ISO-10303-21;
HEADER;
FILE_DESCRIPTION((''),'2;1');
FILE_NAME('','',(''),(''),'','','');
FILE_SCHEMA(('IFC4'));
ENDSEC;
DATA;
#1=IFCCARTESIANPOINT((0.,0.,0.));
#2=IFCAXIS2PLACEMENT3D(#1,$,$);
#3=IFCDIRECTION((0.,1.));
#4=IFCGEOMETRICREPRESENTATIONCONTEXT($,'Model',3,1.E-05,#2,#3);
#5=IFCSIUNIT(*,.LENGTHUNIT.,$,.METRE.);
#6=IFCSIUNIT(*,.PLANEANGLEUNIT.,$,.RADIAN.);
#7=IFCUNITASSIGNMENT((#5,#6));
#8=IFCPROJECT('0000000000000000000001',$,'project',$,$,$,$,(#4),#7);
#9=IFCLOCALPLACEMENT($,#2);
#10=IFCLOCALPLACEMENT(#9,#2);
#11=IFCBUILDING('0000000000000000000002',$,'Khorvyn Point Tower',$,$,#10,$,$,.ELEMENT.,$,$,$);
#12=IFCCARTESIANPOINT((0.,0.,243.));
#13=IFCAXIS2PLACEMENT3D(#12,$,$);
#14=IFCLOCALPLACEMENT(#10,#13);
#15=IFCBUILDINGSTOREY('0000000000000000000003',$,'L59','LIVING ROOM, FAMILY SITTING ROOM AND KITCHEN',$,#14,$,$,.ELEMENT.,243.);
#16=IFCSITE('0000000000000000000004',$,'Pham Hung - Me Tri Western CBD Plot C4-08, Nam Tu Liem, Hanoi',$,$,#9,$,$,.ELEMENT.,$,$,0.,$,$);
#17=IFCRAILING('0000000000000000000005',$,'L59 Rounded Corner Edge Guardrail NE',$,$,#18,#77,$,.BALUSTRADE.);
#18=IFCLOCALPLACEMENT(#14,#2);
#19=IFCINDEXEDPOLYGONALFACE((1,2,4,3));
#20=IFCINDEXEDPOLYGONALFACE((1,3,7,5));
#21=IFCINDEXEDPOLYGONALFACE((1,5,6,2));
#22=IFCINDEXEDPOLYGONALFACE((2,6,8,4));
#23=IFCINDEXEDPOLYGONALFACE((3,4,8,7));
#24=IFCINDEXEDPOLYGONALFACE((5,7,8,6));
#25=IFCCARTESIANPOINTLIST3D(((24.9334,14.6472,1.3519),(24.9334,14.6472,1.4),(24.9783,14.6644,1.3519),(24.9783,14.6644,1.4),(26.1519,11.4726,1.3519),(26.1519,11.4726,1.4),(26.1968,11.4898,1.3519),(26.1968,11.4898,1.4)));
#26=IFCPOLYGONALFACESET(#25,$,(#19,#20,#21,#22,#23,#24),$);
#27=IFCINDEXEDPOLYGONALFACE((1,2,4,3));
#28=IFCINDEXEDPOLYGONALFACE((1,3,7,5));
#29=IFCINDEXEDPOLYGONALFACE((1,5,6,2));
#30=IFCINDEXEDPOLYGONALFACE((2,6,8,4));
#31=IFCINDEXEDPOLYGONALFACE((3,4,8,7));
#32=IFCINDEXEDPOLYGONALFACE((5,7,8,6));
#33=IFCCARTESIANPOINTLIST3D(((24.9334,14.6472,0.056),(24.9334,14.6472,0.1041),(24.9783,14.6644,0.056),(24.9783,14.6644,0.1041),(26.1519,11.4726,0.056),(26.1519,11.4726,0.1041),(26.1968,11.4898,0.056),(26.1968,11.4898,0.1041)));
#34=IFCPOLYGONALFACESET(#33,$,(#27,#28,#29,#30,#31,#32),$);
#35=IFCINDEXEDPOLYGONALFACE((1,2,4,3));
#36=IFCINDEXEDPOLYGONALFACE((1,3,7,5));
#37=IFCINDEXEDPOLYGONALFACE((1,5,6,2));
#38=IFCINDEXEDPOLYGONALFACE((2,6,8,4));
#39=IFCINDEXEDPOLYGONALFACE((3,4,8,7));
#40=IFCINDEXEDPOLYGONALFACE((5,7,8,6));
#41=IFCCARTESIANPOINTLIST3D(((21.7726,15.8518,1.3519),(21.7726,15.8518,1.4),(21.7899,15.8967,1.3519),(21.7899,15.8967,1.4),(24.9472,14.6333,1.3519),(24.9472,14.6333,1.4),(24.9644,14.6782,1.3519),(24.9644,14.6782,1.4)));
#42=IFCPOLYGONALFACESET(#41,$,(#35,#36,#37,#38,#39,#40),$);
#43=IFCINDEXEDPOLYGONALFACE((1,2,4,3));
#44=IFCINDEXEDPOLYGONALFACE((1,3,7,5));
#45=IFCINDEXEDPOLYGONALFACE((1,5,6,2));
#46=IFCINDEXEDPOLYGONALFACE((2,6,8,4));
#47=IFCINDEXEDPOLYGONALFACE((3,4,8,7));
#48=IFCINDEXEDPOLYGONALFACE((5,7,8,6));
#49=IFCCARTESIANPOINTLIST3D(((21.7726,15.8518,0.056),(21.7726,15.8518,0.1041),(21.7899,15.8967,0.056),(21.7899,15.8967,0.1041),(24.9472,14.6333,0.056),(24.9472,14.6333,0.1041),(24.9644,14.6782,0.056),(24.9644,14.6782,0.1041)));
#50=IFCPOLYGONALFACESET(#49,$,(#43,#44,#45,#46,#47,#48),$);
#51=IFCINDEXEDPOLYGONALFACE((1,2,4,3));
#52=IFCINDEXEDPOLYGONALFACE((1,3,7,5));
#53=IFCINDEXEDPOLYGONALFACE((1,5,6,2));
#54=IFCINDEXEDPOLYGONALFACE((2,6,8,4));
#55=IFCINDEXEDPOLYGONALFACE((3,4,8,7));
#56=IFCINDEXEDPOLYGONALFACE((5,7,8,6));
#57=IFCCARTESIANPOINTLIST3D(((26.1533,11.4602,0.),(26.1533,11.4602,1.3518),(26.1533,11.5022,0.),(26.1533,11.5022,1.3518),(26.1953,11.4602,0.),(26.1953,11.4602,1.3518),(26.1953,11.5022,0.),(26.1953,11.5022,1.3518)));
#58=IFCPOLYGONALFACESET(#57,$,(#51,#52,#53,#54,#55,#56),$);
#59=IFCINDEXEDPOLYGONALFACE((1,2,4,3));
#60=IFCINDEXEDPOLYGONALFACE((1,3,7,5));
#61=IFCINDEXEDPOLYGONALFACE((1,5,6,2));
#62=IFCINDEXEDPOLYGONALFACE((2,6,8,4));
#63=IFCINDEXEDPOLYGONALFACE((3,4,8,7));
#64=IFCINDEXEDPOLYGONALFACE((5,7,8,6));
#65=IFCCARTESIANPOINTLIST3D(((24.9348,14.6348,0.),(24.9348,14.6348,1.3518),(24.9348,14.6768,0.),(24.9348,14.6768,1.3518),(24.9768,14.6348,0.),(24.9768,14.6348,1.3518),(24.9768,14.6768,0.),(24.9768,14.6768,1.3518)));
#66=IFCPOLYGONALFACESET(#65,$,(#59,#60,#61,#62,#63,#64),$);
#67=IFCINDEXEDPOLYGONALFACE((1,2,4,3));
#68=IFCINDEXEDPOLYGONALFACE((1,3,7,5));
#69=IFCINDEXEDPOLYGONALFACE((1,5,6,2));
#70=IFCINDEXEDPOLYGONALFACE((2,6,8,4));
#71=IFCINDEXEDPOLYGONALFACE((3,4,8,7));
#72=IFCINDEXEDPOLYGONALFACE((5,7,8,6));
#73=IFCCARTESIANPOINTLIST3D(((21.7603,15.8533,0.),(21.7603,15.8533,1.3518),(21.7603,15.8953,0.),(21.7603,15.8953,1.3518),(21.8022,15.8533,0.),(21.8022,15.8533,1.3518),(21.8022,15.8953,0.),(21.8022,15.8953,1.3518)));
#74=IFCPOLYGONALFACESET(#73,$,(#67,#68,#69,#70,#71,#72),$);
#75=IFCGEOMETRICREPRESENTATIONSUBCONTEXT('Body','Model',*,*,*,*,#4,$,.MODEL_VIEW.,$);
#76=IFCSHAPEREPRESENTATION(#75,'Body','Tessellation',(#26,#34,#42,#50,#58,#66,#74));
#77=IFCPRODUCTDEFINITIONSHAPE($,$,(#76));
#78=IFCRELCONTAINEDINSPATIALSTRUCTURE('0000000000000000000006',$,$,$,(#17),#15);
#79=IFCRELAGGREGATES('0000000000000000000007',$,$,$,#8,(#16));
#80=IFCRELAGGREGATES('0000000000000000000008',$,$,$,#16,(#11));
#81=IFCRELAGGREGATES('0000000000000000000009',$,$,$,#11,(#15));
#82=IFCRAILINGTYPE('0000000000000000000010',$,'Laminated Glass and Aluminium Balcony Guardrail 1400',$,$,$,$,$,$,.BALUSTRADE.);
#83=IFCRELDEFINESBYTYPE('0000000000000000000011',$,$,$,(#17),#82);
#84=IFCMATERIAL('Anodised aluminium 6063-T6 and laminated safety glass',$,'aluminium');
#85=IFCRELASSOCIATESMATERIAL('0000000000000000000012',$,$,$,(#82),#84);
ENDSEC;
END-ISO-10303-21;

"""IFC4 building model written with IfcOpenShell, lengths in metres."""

from ifc_helpers import new_model, si_unit, direction, frame, origin, origin_2d, place, context, subcontext, project, spatial, rectangle, extrude, material, type_object, element, save


model = new_model("IFC4")

# Units and contexts
model_context = context("Model", 3, precision=1e-05, world=origin(), true_north=direction((0.0, 1.0)))
body_context = subcontext(model_context, "Body", "Model", "MODEL_VIEW")
ifc_project = project(units=[si_unit("LENGTHUNIT", "METRE"), si_unit("PLANEANGLEUNIT", "RADIAN")], contexts=[model_context])

# Site, building, storey
site_placement = place(None, origin())
site = spatial("IfcSite", under=ifc_project, at=site_placement, Name="Pham Hung - Me Tri Western CBD Plot C4-08, Nam Tu Liem, Hanoi", CompositionType="ELEMENT", RefElevation=0.0)
building_placement = place(site_placement, origin())
building = spatial("IfcBuilding", under=site, at=building_placement, Name="Khorvyn Point Tower", CompositionType="ELEMENT")
storey_placement = place(building_placement, frame((0.0, 0.0, 243.0)))
storey = spatial("IfcBuildingStorey", under=building, at=storey_placement, Name="L59", Description="LIVING ROOM, FAMILY SITTING ROOM AND KITCHEN", CompositionType="ELEMENT", Elevation=243.0)

# Railing
ifc_material_1 = material(Name="Anodised aluminium 6063-T6 and laminated safety glass", Category="aluminium")
railing_type = type_object("IfcRailingType", Name="Laminated Glass and Aluminium Balcony Guardrail 1400", PredefinedType="BALUSTRADE", material=ifc_material_1)
railing_placement = place(storey_placement, frame((26.1743, 11.4812, 0.0)))
element("IfcRailing", 1, at=railing_placement, inside=storey, type_object=railing_type, Name="L59 Rounded Corner Edge Guardrail NE", PredefinedType="BALUSTRADE", context=body_context, shape_type="SweptSolid", body=[
    extrude(rectangle(XDim=0.0481, YDim=0.0481, at=origin_2d()), frame((0.0, 0.0, 1.376), z_axis=(-0.358344, 0.93359, 0.0), x_axis=(-0.93359, -0.358344, 0.0)), (0.0, 0.0, 1.0), 3.4004),
    extrude(rectangle(XDim=0.0481, YDim=0.0481, at=origin_2d()), frame((0.0, 0.0, 0.0801), z_axis=(-0.358344, 0.93359, 0.0), x_axis=(-0.93359, -0.358344, 0.0)), (0.0, 0.0, 1.0), 3.4004),
    extrude(rectangle(XDim=0.0481, YDim=0.0481, at=origin_2d()), frame((-1.2185, 3.1746, 1.376), z_axis=(-0.93359, 0.358344, 0.0), x_axis=(-0.358344, -0.93359, 0.0)), (0.0, 0.0, 1.0), 3.4004),
    extrude(rectangle(XDim=0.0481, YDim=0.0481, at=origin_2d()), frame((-1.2185, 3.1746, 0.0801), z_axis=(-0.93359, 0.358344, 0.0), x_axis=(-0.358344, -0.93359, 0.0)), (0.0, 0.0, 1.0), 3.4004),
    extrude(rectangle(XDim=0.042, YDim=0.042, at=origin_2d()), origin(), (0.0, 0.0, 1.0), 1.3518),
    extrude(rectangle(XDim=0.042, YDim=0.042, at=origin_2d()), frame((-1.2185, 3.1746, 0.0)), (0.0, 0.0, 1.0), 1.3518),
    extrude(rectangle(XDim=0.042, YDim=0.042, at=origin_2d()), frame((-4.3931, 4.3931, 0.0)), (0.0, 0.0, 1.0), 1.3518),
])

save(model, "model.ifc")
